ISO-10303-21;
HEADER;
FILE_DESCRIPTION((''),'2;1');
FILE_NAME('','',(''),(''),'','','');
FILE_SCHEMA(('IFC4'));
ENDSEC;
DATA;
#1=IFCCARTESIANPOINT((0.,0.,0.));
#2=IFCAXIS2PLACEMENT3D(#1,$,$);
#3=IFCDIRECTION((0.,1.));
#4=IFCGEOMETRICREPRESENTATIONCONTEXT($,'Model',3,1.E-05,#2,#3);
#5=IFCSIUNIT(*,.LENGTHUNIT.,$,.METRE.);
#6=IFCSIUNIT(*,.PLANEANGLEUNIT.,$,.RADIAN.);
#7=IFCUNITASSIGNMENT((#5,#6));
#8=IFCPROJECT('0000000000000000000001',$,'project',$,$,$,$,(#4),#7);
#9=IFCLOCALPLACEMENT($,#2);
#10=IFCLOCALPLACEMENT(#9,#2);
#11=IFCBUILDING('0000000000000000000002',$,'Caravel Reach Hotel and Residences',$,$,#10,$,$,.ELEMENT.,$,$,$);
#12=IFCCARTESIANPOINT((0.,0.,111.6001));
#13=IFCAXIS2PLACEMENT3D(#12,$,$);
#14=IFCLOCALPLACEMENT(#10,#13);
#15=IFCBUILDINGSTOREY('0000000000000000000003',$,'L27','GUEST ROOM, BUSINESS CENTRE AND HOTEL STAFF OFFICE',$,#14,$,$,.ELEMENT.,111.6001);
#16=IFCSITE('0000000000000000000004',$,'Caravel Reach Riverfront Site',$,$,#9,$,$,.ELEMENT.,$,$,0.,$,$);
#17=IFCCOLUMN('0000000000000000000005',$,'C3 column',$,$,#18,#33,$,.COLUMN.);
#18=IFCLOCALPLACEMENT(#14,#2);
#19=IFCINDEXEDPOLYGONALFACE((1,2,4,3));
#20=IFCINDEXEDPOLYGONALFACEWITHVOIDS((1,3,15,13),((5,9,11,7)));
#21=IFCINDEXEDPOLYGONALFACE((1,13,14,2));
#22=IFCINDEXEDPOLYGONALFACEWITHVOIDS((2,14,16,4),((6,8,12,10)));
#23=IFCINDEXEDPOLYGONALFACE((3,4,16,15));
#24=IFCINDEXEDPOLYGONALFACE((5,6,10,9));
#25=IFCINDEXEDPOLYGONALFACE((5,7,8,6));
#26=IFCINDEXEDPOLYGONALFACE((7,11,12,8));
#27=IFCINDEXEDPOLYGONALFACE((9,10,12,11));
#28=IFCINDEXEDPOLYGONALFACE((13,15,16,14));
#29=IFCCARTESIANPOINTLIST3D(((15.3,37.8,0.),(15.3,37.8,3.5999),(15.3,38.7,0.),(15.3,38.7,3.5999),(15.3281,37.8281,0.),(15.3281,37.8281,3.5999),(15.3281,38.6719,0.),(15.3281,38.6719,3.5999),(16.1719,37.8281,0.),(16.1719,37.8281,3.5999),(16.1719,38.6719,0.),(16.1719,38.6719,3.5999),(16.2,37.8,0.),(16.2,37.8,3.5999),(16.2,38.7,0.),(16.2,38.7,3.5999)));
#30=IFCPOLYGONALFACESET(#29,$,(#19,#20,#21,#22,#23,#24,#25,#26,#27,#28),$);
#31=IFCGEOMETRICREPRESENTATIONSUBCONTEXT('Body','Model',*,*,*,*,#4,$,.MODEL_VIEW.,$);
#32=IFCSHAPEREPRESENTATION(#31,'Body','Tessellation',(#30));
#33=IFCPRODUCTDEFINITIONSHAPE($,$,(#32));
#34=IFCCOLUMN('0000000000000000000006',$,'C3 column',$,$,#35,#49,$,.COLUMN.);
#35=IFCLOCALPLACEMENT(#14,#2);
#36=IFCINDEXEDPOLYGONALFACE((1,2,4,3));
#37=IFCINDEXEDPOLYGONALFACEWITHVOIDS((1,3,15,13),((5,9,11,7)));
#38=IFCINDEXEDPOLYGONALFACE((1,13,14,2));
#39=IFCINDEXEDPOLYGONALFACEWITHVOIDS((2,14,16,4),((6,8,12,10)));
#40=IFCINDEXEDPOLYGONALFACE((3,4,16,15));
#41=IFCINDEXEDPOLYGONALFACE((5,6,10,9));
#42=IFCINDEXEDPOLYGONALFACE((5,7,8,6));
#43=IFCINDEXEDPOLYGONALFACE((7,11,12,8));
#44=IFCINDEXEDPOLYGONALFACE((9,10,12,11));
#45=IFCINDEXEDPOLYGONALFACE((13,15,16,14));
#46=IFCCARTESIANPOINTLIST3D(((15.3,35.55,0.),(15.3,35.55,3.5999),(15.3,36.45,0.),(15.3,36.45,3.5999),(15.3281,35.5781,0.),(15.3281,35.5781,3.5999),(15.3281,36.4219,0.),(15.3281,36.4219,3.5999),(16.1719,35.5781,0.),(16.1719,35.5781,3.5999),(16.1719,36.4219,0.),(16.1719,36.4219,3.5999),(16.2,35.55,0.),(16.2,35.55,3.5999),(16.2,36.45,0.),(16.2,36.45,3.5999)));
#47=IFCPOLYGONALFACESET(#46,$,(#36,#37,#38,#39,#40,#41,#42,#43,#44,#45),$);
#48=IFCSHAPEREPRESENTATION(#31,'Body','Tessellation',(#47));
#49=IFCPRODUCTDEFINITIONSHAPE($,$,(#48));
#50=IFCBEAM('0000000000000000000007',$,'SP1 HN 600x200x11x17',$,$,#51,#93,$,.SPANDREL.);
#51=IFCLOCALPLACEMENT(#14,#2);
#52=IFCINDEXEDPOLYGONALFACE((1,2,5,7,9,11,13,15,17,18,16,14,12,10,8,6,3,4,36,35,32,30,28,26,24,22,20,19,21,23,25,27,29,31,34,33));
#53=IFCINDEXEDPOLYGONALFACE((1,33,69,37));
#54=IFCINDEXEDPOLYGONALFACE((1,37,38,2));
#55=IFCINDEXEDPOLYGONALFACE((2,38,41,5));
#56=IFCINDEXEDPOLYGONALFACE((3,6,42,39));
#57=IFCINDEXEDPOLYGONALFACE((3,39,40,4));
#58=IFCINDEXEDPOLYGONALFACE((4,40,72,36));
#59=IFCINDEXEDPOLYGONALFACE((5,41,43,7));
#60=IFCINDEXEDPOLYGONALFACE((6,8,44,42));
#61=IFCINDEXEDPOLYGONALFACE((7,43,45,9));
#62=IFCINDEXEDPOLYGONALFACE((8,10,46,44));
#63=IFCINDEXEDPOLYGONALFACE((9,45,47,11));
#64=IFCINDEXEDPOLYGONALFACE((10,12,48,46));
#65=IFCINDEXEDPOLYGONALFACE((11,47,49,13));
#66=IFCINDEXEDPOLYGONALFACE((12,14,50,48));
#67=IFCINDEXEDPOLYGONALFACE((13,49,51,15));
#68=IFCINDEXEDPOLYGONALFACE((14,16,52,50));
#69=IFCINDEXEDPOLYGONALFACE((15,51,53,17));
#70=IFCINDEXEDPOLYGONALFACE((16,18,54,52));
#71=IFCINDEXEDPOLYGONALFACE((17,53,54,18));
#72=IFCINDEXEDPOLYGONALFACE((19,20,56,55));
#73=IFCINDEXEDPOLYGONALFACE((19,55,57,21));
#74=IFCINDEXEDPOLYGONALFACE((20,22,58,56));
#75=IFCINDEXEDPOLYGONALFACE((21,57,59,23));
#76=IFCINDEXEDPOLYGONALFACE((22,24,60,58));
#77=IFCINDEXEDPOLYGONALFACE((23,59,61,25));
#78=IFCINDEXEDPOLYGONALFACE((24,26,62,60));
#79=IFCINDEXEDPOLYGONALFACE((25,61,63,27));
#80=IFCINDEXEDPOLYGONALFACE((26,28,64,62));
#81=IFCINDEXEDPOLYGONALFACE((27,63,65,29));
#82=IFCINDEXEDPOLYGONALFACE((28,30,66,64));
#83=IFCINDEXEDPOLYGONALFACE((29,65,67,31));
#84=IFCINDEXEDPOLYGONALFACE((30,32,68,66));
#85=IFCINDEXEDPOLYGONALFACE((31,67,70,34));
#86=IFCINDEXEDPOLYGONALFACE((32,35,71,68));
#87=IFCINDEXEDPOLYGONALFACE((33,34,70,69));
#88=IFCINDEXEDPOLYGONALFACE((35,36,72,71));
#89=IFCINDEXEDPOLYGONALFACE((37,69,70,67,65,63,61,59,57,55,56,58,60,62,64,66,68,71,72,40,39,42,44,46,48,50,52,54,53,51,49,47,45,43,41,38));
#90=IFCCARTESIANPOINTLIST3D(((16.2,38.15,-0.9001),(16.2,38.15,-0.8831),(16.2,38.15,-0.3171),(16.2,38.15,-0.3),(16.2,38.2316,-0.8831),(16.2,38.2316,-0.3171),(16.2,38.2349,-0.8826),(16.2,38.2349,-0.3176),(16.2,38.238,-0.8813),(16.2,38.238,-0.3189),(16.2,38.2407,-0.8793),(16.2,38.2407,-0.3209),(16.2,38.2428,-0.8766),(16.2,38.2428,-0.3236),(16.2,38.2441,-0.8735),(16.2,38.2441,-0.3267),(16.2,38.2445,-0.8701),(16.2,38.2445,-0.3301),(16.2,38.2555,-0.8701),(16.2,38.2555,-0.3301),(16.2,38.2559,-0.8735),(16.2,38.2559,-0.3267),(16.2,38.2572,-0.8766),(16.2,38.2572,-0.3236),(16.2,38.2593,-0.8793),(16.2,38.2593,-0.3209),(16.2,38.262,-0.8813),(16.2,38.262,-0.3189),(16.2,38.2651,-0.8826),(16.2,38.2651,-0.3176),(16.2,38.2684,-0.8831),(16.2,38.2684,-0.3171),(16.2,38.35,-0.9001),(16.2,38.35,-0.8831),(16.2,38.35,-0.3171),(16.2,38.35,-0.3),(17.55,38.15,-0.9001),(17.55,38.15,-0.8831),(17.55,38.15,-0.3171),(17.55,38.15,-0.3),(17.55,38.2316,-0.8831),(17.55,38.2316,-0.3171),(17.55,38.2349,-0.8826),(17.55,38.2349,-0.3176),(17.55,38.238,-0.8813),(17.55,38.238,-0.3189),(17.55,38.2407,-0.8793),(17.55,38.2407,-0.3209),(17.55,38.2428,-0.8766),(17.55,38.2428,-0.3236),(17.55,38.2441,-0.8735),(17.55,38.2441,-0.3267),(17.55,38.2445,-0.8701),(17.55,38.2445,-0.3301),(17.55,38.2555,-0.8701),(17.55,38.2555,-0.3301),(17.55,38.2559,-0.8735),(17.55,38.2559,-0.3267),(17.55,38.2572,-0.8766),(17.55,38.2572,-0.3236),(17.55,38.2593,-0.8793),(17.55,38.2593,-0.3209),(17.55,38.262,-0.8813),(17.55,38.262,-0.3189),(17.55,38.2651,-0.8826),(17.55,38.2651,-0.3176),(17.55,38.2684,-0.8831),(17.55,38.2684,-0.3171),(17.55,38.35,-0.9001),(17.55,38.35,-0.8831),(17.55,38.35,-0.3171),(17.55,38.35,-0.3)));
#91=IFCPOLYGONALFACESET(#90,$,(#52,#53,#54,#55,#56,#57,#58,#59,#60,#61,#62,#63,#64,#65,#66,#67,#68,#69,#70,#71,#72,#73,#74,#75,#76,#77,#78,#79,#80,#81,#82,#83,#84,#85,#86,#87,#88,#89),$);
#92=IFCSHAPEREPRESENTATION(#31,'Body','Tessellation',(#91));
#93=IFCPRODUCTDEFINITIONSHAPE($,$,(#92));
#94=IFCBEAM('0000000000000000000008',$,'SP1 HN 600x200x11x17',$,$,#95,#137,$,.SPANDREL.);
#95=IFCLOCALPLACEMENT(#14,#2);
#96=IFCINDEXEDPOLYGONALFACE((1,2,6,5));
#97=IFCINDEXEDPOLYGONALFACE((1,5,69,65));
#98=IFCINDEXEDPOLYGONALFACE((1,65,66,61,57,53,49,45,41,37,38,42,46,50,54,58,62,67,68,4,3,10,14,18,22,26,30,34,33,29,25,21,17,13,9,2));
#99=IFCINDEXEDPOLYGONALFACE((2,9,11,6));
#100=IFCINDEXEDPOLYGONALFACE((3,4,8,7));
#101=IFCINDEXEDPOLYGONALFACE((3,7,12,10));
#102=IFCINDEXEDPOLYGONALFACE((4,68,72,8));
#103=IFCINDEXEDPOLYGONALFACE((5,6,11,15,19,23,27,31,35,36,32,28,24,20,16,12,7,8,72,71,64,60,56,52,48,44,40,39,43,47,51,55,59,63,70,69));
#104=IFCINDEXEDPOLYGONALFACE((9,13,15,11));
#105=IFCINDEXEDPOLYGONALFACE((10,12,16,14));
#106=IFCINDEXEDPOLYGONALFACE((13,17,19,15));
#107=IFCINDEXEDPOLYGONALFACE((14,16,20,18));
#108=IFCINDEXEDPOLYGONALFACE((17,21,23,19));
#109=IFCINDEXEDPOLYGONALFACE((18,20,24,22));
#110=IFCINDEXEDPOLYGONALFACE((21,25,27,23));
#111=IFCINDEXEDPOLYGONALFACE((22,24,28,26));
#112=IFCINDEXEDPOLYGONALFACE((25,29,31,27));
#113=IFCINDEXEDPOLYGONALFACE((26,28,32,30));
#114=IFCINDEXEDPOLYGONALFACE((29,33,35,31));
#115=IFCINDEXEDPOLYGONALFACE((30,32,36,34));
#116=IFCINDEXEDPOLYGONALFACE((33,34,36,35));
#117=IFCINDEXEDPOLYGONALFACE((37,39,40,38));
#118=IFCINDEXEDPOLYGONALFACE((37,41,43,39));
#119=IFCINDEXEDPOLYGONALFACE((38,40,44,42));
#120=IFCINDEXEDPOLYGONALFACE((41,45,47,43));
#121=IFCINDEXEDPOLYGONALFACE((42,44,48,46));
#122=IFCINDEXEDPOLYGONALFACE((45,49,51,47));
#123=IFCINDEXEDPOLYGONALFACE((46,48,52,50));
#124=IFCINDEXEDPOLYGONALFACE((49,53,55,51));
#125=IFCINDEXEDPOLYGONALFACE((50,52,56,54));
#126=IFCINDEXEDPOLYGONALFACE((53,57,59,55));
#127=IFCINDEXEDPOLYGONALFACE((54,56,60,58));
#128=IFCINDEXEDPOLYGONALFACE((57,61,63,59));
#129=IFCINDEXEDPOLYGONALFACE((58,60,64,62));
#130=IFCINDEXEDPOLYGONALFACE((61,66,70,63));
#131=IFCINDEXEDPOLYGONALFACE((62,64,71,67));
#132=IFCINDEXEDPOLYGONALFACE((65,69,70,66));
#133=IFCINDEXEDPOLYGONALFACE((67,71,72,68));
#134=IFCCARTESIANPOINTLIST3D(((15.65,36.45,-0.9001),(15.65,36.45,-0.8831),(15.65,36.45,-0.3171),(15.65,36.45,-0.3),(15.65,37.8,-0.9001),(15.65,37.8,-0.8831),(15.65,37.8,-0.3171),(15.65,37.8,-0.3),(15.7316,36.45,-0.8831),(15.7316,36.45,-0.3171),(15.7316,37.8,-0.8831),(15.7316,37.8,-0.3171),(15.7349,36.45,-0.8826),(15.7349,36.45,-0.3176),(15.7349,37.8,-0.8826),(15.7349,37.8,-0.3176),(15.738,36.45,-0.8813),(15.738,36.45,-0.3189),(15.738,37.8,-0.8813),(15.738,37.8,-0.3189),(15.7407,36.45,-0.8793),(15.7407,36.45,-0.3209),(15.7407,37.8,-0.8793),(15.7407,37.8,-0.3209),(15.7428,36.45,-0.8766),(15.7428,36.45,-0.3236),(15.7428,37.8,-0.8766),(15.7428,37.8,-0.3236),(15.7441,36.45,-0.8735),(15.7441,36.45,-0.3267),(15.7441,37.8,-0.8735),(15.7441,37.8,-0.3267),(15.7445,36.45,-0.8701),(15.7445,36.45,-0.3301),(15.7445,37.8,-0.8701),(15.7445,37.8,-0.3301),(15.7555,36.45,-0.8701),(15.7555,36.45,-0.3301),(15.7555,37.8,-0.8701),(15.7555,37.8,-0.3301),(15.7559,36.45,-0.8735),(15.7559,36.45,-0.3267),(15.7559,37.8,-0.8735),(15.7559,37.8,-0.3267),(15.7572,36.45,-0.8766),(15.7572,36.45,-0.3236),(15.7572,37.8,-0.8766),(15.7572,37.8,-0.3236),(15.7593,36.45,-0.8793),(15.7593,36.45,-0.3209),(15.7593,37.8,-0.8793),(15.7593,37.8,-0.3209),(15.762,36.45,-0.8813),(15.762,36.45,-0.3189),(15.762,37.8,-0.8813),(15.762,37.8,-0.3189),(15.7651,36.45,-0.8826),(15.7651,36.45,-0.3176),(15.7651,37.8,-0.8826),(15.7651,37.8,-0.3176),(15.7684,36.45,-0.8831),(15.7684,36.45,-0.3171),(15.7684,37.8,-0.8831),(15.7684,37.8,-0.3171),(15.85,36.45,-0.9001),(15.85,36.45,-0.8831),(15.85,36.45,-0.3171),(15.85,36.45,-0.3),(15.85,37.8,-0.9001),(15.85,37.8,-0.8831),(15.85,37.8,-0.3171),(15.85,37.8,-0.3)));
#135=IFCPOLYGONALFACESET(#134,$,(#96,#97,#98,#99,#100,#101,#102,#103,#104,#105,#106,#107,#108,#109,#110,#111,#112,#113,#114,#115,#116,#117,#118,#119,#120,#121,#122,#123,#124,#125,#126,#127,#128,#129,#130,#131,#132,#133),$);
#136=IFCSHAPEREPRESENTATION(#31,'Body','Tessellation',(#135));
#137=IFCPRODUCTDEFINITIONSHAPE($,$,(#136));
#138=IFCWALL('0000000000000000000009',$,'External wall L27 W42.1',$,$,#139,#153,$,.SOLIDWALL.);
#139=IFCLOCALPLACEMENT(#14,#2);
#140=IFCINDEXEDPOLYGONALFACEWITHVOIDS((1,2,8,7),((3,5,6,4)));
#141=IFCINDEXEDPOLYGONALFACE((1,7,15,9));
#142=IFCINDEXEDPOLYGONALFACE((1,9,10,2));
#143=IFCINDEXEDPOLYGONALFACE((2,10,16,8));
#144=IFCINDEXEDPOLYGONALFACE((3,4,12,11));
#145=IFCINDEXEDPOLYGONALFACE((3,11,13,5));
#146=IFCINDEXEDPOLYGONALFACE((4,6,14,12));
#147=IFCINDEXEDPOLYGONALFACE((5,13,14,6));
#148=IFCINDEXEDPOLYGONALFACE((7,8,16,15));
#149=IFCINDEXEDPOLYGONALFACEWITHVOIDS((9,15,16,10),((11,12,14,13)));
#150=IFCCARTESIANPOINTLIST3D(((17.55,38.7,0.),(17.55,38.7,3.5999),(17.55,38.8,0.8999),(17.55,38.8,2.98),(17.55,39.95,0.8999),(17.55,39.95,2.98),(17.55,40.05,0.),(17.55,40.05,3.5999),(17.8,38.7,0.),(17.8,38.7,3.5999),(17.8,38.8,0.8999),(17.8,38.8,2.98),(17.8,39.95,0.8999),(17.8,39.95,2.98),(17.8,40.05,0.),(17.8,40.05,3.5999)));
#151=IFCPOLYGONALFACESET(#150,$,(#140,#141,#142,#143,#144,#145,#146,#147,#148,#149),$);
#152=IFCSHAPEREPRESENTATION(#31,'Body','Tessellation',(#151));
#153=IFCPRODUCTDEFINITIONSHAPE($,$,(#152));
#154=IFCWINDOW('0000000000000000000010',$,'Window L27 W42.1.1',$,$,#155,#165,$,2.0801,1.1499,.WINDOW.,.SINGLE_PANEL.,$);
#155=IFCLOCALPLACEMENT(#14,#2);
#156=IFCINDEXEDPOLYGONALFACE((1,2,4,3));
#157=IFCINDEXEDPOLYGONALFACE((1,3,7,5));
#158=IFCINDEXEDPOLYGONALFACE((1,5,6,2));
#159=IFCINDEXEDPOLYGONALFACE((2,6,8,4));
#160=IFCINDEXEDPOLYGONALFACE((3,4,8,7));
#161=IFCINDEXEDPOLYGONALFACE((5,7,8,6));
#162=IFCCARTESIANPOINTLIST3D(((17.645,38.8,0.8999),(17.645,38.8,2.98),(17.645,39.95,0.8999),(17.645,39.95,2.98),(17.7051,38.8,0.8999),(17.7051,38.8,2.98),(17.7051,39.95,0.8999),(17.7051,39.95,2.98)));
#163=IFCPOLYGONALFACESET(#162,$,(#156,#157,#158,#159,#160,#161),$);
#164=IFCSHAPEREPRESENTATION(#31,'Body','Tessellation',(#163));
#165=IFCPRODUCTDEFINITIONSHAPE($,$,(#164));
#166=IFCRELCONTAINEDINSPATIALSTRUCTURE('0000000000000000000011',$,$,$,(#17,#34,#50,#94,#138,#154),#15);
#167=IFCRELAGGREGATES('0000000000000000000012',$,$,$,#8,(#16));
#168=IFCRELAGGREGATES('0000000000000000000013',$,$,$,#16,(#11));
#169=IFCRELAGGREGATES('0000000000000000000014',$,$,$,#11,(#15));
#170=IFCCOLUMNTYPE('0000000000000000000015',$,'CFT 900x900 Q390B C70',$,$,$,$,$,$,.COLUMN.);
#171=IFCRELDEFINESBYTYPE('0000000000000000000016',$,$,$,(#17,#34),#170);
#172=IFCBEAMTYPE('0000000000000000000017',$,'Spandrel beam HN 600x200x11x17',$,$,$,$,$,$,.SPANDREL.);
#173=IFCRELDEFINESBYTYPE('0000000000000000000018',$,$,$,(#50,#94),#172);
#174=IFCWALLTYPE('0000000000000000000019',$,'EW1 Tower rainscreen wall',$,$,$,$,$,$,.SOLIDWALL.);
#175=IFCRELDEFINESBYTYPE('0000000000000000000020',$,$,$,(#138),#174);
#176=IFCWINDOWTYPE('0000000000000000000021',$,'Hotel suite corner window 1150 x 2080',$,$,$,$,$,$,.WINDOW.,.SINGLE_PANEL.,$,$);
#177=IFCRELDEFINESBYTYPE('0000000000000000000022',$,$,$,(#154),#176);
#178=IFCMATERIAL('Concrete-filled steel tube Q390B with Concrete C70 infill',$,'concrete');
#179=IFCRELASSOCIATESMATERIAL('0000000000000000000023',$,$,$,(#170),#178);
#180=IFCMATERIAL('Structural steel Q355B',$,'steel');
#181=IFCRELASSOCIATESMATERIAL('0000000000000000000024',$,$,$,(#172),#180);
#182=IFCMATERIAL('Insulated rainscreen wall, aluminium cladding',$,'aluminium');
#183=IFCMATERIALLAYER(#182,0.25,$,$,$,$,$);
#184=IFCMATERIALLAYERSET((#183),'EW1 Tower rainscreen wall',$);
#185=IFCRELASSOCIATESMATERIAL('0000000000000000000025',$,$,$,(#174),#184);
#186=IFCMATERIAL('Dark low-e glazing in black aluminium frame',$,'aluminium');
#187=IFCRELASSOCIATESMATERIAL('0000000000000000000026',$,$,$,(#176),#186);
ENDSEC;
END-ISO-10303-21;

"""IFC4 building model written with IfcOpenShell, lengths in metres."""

from ifc_helpers import new_model, si_unit, direction, frame, frame_2d, origin, origin_2d, place, context, subcontext, project, spatial, rectangle, hollow_rectangle, i_section, extrude, material, layer, layer_set, material_profile, profile_set, type_object, element, fill, save


model = new_model("IFC4")

# Units and contexts
model_context = context("Model", 3, precision=1e-05, world=origin(), true_north=direction((0.0, 1.0)))
body_context = subcontext(model_context, "Body", "Model", "MODEL_VIEW")
ifc_project = project(units=[si_unit("LENGTHUNIT", "METRE"), si_unit("PLANEANGLEUNIT", "RADIAN")], contexts=[model_context])

# Site, building, storey
site_placement = place(None, origin())
site = spatial("IfcSite", under=ifc_project, at=site_placement, Name="Caravel Reach Riverfront Site", CompositionType="ELEMENT", RefElevation=0.0)
building_placement = place(site_placement, origin())
building = spatial("IfcBuilding", under=site, at=building_placement, Name="Caravel Reach Hotel and Residences", CompositionType="ELEMENT")
storey_placement = place(building_placement, frame((0.0, 0.0, 111.6001)))
storey = spatial("IfcBuildingStorey", under=building, at=storey_placement, Name="L27", Description="GUEST ROOM, BUSINESS CENTRE AND HOTEL STAFF OFFICE", CompositionType="ELEMENT", Elevation=111.6001)

# Columns
ifc_material_1 = material(Name="Concrete-filled steel tube Q390B with Concrete C70 infill", Category="concrete")
ifc_material_profile_1 = material_profile(ifc_material_1, hollow_rectangle(XDim=0.8999, YDim=0.8999, WallThickness=0.0281, at=origin_2d()), Name="RHS 900x900x28")
ifc_profile_set_1 = profile_set([ifc_material_profile_1], Name="Concrete-filled steel tube Q390B with Concrete C70 infill")
column_type = type_object("IfcColumnType", Name="CFT 900x900 Q390B C70", PredefinedType="COLUMN", material=ifc_profile_set_1)
for number, where, z_axis, x_axis, name in (
    (1, (15.75, 38.25, 0.0), (0.0, 0.0, 1.0), (1.0, 0.0, 0.0), "C3 column"),
    (2, (15.75, 36.0, 0.0), (0.0, 0.0, 1.0), (1.0, 0.0, 0.0), "C3 column"),
):
    element("IfcColumn", number, at=place(storey_placement, frame(where, z_axis=z_axis, x_axis=x_axis)), inside=storey, type_object=column_type, Name=name, PredefinedType="COLUMN", context=body_context, shape_type="SweptSolid", body=[
        extrude(hollow_rectangle(XDim=0.8999, YDim=0.8999, WallThickness=0.0281, at=origin_2d()), origin(), (0.0, 0.0, 1.0), 3.5999),
    ])

# Beams
ifc_material_2 = material(Name="Structural steel Q355B", Category="steel")
ifc_material_profile_2 = material_profile(ifc_material_2, i_section(OverallWidth=0.2, OverallDepth=0.6001, WebThickness=0.011, FlangeThickness=0.0171, FilletRadius=0.0129, at=origin_2d()), Name="HN 600x200x11x17")
ifc_profile_set_2 = profile_set([ifc_material_profile_2], Name="Structural steel Q355B")
beam_type = type_object("IfcBeamType", Name="Spandrel beam HN 600x200x11x17", PredefinedType="SPANDREL", material=ifc_profile_set_2)
for number, where, z_axis, x_axis, name in (
    (3, (17.55, 38.25, -0.6001), (-1.0, 0.0, 0.0), (0.0, -1.0, 0.0), "SP1 HN 600x200x11x17"),
    (4, (15.75, 37.8, -0.6001), (0.0, -1.0, 0.0), (1.0, 0.0, 0.0), "SP1 HN 600x200x11x17"),
):
    element("IfcBeam", number, at=place(storey_placement, frame(where, z_axis=z_axis, x_axis=x_axis)), inside=storey, type_object=beam_type, Name=name, PredefinedType="SPANDREL", context=body_context, shape_type="SweptSolid", body=[
        extrude(i_section(OverallWidth=0.2, OverallDepth=0.6001, WebThickness=0.011, FlangeThickness=0.0171, FilletRadius=0.0129, at=origin_2d()), origin(), (0.0, 0.0, 1.0), 1.3501),
    ])

# Wall, opening, window
ifc_material_3 = material(Name="Insulated rainscreen wall, aluminium cladding", Category="aluminium")
ifc_layer = layer(ifc_material_3, 0.25)
ifc_layer_set = layer_set([ifc_layer], Name="EW1 Tower rainscreen wall")
wall_type = type_object("IfcWallType", Name="EW1 Tower rainscreen wall", PredefinedType="SOLIDWALL", material=ifc_layer_set)
wall_1_placement = place(storey_placement, frame((17.675, 40.05, 0.0), z_axis=(0.0, 0.0, 1.0), x_axis=(0.0, -1.0, 0.0)))
wall_1 = element("IfcWall", 5, at=wall_1_placement, inside=storey, type_object=wall_type, Name="External wall L27 W42.1", PredefinedType="SOLIDWALL", context=body_context, shape_type="SweptSolid", body=[
    extrude(rectangle(XDim=1.3501, YDim=0.25, at=frame_2d((0.675, 0.0))), origin(), (0.0, 0.0, 1.0), 3.5999),
])
opening_1_placement = place(wall_1_placement, frame((0.1001, 0.0, 0.8999)))
opening_1 = element("IfcOpeningElement", 6, at=opening_1_placement, cuts=wall_1, PredefinedType="OPENING", context=body_context, shape_type="SweptSolid", body=[
    extrude(rectangle(XDim=1.1499, YDim=2.0801, at=frame_2d((0.575, 1.04))), frame((0.0, 0.135, 0.0), z_axis=(0.0, -1.0, 0.0), x_axis=(1.0, 0.0, 0.0)), (0.0, 0.0, 1.0), 0.27),
])
ifc_material_4 = material(Name="Dark low-e glazing in black aluminium frame", Category="aluminium")
window_type_1 = type_object("IfcWindowType", Name="Hotel suite corner window 1150 x 2080", PartitioningType="SINGLE_PANEL", PredefinedType="WINDOW", material=ifc_material_4)
window_1_placement = place(opening_1_placement, origin())
window_1 = element("IfcWindow", 7, at=window_1_placement, inside=storey, type_object=window_type_1, Name="Window L27 W42.1.1", OverallHeight=2.0801, OverallWidth=1.1499, PartitioningType="SINGLE_PANEL", PredefinedType="WINDOW", context=body_context, shape_type="SweptSolid", body=[
    extrude(rectangle(XDim=1.1499, YDim=2.0801, at=frame_2d((0.575, 1.04))), frame((0.0, 0.03, 0.0), z_axis=(0.0, -1.0, 0.0), x_axis=(1.0, 0.0, 0.0)), (0.0, 0.0, 1.0), 0.0601),
])
fill(opening_1, window_1)

save(model, "model.ifc")
